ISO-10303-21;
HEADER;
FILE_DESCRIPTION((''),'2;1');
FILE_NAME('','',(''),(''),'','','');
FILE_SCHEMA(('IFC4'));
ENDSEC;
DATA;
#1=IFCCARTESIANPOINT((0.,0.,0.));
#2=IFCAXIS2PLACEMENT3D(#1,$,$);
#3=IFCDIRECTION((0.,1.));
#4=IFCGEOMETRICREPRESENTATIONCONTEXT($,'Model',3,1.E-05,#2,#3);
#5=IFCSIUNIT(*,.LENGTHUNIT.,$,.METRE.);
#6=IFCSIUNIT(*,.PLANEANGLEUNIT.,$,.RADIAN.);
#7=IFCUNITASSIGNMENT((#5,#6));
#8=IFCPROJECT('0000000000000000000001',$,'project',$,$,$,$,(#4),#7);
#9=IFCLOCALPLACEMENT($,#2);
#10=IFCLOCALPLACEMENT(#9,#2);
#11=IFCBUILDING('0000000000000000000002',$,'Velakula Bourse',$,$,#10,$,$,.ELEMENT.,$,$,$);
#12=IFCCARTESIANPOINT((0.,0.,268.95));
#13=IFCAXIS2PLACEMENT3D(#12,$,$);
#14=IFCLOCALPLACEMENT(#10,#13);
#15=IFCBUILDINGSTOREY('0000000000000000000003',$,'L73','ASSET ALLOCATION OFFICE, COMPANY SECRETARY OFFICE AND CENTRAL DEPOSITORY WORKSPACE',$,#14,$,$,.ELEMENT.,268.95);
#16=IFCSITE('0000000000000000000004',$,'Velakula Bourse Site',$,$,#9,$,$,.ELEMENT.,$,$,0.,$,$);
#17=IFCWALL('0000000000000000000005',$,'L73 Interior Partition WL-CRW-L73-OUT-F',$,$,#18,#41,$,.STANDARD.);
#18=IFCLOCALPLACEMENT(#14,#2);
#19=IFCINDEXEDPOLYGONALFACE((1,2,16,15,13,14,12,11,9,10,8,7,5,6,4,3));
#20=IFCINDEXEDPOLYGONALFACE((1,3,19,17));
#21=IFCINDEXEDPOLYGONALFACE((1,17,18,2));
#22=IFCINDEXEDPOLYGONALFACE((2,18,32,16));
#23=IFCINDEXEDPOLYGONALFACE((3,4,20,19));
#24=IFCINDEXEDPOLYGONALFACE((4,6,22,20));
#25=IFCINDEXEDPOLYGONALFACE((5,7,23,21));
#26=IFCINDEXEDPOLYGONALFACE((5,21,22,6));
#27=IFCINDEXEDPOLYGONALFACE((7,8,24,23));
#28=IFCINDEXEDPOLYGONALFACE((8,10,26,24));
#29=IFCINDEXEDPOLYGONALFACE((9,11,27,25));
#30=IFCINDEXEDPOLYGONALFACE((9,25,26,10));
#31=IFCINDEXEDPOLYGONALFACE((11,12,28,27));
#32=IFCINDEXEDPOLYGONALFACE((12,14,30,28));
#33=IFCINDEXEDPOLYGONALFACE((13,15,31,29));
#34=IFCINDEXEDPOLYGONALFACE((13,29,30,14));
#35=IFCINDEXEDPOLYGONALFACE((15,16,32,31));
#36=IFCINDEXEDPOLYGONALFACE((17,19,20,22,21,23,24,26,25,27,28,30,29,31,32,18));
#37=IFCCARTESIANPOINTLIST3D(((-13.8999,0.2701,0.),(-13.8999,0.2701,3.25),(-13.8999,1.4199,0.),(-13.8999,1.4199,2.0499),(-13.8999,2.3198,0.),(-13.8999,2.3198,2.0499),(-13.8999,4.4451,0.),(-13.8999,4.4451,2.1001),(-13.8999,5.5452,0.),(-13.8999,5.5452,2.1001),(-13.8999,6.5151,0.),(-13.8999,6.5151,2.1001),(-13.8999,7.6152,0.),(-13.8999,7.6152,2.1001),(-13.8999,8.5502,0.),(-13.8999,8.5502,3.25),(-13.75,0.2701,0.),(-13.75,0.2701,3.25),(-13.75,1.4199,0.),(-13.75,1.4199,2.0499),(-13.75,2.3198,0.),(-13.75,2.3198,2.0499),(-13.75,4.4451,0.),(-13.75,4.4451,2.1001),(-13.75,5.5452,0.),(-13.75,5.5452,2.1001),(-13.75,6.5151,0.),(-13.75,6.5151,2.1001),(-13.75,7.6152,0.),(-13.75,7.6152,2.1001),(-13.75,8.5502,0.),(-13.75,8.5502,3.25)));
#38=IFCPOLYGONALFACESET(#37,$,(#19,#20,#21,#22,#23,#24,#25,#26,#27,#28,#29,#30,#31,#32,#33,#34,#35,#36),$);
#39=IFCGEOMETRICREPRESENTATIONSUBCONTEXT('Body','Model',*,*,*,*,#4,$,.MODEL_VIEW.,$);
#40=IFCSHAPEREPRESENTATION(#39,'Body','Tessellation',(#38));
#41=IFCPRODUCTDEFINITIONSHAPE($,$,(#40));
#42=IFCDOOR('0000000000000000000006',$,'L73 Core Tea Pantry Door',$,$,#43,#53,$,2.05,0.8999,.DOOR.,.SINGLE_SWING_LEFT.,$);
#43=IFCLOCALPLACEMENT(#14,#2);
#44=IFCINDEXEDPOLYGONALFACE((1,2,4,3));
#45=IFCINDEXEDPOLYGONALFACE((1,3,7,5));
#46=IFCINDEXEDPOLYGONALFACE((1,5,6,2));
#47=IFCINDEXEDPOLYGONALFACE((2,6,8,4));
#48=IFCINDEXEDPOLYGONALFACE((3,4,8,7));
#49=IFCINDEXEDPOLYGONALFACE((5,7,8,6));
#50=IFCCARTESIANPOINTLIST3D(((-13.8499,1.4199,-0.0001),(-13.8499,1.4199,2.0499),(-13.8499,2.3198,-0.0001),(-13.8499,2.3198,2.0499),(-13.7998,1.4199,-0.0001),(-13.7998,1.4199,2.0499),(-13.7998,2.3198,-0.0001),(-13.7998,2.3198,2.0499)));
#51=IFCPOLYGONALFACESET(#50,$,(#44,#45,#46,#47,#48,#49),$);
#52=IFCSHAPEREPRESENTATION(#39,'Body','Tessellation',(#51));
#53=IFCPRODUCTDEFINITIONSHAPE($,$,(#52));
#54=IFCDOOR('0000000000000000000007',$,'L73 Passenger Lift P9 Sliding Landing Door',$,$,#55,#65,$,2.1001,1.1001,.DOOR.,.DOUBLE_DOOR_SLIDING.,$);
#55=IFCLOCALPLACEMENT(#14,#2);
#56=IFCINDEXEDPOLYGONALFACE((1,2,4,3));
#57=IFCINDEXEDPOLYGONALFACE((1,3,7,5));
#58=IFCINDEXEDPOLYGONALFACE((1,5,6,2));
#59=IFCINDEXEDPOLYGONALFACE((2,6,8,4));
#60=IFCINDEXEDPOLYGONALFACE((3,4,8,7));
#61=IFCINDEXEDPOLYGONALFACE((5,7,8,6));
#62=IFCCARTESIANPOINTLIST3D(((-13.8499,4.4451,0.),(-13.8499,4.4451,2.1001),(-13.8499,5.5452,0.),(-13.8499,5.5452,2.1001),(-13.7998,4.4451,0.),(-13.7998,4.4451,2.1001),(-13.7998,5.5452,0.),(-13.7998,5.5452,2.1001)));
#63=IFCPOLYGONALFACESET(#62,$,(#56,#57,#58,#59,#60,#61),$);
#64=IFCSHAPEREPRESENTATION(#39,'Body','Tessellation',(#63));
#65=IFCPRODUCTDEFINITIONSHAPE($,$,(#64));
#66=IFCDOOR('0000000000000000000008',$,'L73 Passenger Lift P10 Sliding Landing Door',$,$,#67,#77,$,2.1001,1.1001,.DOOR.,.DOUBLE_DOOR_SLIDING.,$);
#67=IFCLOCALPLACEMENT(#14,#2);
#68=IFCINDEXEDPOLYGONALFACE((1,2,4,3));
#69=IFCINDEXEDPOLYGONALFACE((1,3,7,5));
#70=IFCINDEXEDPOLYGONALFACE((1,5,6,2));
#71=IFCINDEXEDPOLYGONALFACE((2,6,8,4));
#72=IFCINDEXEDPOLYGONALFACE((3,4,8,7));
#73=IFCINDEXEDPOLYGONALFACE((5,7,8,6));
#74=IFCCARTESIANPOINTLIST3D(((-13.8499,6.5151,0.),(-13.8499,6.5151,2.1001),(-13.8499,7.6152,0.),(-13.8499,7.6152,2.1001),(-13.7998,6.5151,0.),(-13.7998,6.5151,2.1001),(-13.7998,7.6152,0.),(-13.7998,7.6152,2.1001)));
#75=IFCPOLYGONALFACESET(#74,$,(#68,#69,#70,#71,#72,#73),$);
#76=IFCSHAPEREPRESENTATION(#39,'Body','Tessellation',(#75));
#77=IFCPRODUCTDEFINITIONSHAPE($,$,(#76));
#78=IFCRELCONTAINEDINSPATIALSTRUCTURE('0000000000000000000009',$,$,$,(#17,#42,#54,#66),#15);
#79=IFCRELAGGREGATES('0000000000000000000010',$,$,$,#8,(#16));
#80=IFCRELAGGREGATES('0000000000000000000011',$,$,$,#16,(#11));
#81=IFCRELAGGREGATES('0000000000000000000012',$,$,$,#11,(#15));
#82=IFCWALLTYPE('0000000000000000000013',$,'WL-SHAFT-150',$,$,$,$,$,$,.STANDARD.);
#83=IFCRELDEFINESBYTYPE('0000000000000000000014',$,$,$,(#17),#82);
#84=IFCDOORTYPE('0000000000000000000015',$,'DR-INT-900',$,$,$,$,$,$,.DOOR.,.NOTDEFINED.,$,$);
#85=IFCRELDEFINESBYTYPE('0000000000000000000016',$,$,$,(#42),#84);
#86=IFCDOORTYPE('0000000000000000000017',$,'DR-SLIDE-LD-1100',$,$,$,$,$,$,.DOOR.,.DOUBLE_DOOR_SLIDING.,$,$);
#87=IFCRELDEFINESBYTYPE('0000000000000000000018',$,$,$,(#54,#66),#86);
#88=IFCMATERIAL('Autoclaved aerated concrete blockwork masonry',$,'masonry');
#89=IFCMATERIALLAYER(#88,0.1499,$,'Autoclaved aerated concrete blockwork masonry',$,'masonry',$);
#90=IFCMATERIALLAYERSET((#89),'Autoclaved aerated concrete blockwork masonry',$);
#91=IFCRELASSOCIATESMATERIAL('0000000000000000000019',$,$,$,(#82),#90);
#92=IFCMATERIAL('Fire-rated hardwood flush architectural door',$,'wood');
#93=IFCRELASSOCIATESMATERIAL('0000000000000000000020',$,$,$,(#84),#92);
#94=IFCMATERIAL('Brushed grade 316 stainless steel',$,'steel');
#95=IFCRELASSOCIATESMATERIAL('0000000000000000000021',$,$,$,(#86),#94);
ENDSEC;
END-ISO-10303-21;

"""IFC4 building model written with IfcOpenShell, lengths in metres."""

from ifc_helpers import new_model, si_unit, direction, frame, frame_2d, origin, place, context, subcontext, project, spatial, rectangle, extrude, material, layer, layer_set, type_object, element, fill, save


model = new_model("IFC4")

# Units and contexts
model_context = context("Model", 3, precision=1e-05, world=origin(), true_north=direction((0.0, 1.0)))
body_context = subcontext(model_context, "Body", "Model", "MODEL_VIEW")
ifc_project = project(units=[si_unit("LENGTHUNIT", "METRE"), si_unit("PLANEANGLEUNIT", "RADIAN")], contexts=[model_context])

# Site, building, storey
site_placement = place(None, origin())
site = spatial("IfcSite", under=ifc_project, at=site_placement, Name="Velakula Bourse Site", CompositionType="ELEMENT", RefElevation=0.0)
building_placement = place(site_placement, origin())
building = spatial("IfcBuilding", under=site, at=building_placement, Name="Velakula Bourse", CompositionType="ELEMENT")
storey_placement = place(building_placement, frame((0.0, 0.0, 268.95)))
storey = spatial("IfcBuildingStorey", under=building, at=storey_placement, Name="L73", Description="ASSET ALLOCATION OFFICE, COMPANY SECRETARY OFFICE AND CENTRAL DEPOSITORY WORKSPACE", CompositionType="ELEMENT", Elevation=268.95)

# Shared definitions
ifc_material_1 = material(Name="Fire-rated hardwood flush architectural door", Category="wood")

# Shared definitions
ifc_material_2 = material(Name="Autoclaved aerated concrete blockwork masonry", Category="masonry")
ifc_layer_1 = layer(ifc_material_2, 0.1499, Name="Autoclaved aerated concrete blockwork masonry", Category="masonry")
ifc_layer_set_1 = layer_set([ifc_layer_1], Name="Autoclaved aerated concrete blockwork masonry")
wall_type_1 = type_object("IfcWallType", Name="WL-SHAFT-150", PredefinedType="STANDARD", material=ifc_layer_set_1)

# Wall, openings, doors
wall_1_placement = place(storey_placement, frame((-13.825, 0.27, 0.0), z_axis=(0.0, 0.0, 1.0), x_axis=(0.0, 1.0, 0.0)))
wall_1 = element("IfcWall", 1, at=wall_1_placement, inside=storey, type_object=wall_type_1, Name="L73 Interior Partition WL-CRW-L73-OUT-F", PredefinedType="STANDARD", context=body_context, shape_type="SweptSolid", body=[
    extrude(rectangle(XDim=8.28, YDim=0.1499, at=frame_2d((4.1401, 0.0))), origin(), (0.0, 0.0, 1.0), 3.25),
])
opening_1_placement = place(wall_1_placement, frame((4.175, 0.0, 0.0)))
opening_1 = element("IfcOpeningElement", 2, at=opening_1_placement, cuts=wall_1, PredefinedType="OPENING", context=body_context, shape_type="SweptSolid", body=[
    extrude(rectangle(XDim=1.1001, YDim=2.1001, at=frame_2d((0.55, 1.05))), frame((0.0, 0.085, 0.0), z_axis=(0.0, -1.0, 0.0), x_axis=(1.0, 0.0, 0.0)), (0.0, 0.0, 1.0), 0.1699),
])
opening_2_placement = place(wall_1_placement, frame((6.2451, 0.0, 0.0)))
opening_2 = element("IfcOpeningElement", 3, at=opening_2_placement, cuts=wall_1, PredefinedType="OPENING", context=body_context, shape_type="SweptSolid", body=[
    extrude(rectangle(XDim=1.1001, YDim=2.1001, at=frame_2d((0.55, 1.05))), frame((0.0, 0.085, 0.0), z_axis=(0.0, -1.0, 0.0), x_axis=(1.0, 0.0, 0.0)), (0.0, 0.0, 1.0), 0.1699),
])
opening_3_placement = place(wall_1_placement, frame((1.1499, 0.0, 0.0)))
opening_3 = element("IfcOpeningElement", 4, at=opening_3_placement, cuts=wall_1, PredefinedType="OPENING", context=body_context, shape_type="SweptSolid", body=[
    extrude(rectangle(XDim=0.8999, YDim=2.05, at=frame_2d((0.45, 1.0249))), frame((0.0, 0.085, 0.0), z_axis=(0.0, -1.0, 0.0), x_axis=(1.0, 0.0, 0.0)), (0.0, 0.0, 1.0), 0.1699),
])
door_type_1 = type_object("IfcDoorType", Name="DR-INT-900", OperationType="NOTDEFINED", PredefinedType="DOOR", material=ifc_material_1)
door_1_placement = place(opening_3_placement, origin())
door_1 = element("IfcDoor", 5, at=door_1_placement, inside=storey, type_object=door_type_1, Name="L73 Core Tea Pantry Door", OperationType="SINGLE_SWING_LEFT", OverallHeight=2.05, OverallWidth=0.8999, PredefinedType="DOOR", context=body_context, shape_type="SweptSolid", body=[
    extrude(rectangle(XDim=0.8999, YDim=2.05, at=frame_2d((0.45, 1.0249))), frame((0.0, 0.0249, 0.0), z_axis=(0.0, -1.0, 0.0), x_axis=(1.0, 0.0, 0.0)), (0.0, 0.0, 1.0), 0.05),
])
fill(opening_3, door_1)
ifc_material_3 = material(Name="Brushed grade 316 stainless steel", Category="steel")
door_type_2 = type_object("IfcDoorType", Name="DR-SLIDE-LD-1100", OperationType="DOUBLE_DOOR_SLIDING", PredefinedType="DOOR", material=ifc_material_3)
door_2_placement = place(opening_1_placement, origin())
door_2 = element("IfcDoor", 6, at=door_2_placement, inside=storey, type_object=door_type_2, Name="L73 Passenger Lift P9 Sliding Landing Door", OperationType="DOUBLE_DOOR_SLIDING", OverallHeight=2.1001, OverallWidth=1.1001, PredefinedType="DOOR", context=body_context, shape_type="SweptSolid", body=[
    extrude(rectangle(XDim=1.1001, YDim=2.1001, at=frame_2d((0.55, 1.05))), frame((0.0, 0.0249, 0.0), z_axis=(0.0, -1.0, 0.0), x_axis=(1.0, 0.0, 0.0)), (0.0, 0.0, 1.0), 0.05),
])
fill(opening_1, door_2)
door_3_placement = place(opening_2_placement, origin())
door_3 = element("IfcDoor", 7, at=door_3_placement, inside=storey, type_object=door_type_2, Name="L73 Passenger Lift P10 Sliding Landing Door", OperationType="DOUBLE_DOOR_SLIDING", OverallHeight=2.1001, OverallWidth=1.1001, PredefinedType="DOOR", context=body_context, shape_type="SweptSolid", body=[
    extrude(rectangle(XDim=1.1001, YDim=2.1001, at=frame_2d((0.55, 1.05))), frame((0.0, 0.0249, 0.0), z_axis=(0.0, -1.0, 0.0), x_axis=(1.0, 0.0, 0.0)), (0.0, 0.0, 1.0), 0.05),
])
fill(opening_2, door_3)

save(model, "model.ifc")
